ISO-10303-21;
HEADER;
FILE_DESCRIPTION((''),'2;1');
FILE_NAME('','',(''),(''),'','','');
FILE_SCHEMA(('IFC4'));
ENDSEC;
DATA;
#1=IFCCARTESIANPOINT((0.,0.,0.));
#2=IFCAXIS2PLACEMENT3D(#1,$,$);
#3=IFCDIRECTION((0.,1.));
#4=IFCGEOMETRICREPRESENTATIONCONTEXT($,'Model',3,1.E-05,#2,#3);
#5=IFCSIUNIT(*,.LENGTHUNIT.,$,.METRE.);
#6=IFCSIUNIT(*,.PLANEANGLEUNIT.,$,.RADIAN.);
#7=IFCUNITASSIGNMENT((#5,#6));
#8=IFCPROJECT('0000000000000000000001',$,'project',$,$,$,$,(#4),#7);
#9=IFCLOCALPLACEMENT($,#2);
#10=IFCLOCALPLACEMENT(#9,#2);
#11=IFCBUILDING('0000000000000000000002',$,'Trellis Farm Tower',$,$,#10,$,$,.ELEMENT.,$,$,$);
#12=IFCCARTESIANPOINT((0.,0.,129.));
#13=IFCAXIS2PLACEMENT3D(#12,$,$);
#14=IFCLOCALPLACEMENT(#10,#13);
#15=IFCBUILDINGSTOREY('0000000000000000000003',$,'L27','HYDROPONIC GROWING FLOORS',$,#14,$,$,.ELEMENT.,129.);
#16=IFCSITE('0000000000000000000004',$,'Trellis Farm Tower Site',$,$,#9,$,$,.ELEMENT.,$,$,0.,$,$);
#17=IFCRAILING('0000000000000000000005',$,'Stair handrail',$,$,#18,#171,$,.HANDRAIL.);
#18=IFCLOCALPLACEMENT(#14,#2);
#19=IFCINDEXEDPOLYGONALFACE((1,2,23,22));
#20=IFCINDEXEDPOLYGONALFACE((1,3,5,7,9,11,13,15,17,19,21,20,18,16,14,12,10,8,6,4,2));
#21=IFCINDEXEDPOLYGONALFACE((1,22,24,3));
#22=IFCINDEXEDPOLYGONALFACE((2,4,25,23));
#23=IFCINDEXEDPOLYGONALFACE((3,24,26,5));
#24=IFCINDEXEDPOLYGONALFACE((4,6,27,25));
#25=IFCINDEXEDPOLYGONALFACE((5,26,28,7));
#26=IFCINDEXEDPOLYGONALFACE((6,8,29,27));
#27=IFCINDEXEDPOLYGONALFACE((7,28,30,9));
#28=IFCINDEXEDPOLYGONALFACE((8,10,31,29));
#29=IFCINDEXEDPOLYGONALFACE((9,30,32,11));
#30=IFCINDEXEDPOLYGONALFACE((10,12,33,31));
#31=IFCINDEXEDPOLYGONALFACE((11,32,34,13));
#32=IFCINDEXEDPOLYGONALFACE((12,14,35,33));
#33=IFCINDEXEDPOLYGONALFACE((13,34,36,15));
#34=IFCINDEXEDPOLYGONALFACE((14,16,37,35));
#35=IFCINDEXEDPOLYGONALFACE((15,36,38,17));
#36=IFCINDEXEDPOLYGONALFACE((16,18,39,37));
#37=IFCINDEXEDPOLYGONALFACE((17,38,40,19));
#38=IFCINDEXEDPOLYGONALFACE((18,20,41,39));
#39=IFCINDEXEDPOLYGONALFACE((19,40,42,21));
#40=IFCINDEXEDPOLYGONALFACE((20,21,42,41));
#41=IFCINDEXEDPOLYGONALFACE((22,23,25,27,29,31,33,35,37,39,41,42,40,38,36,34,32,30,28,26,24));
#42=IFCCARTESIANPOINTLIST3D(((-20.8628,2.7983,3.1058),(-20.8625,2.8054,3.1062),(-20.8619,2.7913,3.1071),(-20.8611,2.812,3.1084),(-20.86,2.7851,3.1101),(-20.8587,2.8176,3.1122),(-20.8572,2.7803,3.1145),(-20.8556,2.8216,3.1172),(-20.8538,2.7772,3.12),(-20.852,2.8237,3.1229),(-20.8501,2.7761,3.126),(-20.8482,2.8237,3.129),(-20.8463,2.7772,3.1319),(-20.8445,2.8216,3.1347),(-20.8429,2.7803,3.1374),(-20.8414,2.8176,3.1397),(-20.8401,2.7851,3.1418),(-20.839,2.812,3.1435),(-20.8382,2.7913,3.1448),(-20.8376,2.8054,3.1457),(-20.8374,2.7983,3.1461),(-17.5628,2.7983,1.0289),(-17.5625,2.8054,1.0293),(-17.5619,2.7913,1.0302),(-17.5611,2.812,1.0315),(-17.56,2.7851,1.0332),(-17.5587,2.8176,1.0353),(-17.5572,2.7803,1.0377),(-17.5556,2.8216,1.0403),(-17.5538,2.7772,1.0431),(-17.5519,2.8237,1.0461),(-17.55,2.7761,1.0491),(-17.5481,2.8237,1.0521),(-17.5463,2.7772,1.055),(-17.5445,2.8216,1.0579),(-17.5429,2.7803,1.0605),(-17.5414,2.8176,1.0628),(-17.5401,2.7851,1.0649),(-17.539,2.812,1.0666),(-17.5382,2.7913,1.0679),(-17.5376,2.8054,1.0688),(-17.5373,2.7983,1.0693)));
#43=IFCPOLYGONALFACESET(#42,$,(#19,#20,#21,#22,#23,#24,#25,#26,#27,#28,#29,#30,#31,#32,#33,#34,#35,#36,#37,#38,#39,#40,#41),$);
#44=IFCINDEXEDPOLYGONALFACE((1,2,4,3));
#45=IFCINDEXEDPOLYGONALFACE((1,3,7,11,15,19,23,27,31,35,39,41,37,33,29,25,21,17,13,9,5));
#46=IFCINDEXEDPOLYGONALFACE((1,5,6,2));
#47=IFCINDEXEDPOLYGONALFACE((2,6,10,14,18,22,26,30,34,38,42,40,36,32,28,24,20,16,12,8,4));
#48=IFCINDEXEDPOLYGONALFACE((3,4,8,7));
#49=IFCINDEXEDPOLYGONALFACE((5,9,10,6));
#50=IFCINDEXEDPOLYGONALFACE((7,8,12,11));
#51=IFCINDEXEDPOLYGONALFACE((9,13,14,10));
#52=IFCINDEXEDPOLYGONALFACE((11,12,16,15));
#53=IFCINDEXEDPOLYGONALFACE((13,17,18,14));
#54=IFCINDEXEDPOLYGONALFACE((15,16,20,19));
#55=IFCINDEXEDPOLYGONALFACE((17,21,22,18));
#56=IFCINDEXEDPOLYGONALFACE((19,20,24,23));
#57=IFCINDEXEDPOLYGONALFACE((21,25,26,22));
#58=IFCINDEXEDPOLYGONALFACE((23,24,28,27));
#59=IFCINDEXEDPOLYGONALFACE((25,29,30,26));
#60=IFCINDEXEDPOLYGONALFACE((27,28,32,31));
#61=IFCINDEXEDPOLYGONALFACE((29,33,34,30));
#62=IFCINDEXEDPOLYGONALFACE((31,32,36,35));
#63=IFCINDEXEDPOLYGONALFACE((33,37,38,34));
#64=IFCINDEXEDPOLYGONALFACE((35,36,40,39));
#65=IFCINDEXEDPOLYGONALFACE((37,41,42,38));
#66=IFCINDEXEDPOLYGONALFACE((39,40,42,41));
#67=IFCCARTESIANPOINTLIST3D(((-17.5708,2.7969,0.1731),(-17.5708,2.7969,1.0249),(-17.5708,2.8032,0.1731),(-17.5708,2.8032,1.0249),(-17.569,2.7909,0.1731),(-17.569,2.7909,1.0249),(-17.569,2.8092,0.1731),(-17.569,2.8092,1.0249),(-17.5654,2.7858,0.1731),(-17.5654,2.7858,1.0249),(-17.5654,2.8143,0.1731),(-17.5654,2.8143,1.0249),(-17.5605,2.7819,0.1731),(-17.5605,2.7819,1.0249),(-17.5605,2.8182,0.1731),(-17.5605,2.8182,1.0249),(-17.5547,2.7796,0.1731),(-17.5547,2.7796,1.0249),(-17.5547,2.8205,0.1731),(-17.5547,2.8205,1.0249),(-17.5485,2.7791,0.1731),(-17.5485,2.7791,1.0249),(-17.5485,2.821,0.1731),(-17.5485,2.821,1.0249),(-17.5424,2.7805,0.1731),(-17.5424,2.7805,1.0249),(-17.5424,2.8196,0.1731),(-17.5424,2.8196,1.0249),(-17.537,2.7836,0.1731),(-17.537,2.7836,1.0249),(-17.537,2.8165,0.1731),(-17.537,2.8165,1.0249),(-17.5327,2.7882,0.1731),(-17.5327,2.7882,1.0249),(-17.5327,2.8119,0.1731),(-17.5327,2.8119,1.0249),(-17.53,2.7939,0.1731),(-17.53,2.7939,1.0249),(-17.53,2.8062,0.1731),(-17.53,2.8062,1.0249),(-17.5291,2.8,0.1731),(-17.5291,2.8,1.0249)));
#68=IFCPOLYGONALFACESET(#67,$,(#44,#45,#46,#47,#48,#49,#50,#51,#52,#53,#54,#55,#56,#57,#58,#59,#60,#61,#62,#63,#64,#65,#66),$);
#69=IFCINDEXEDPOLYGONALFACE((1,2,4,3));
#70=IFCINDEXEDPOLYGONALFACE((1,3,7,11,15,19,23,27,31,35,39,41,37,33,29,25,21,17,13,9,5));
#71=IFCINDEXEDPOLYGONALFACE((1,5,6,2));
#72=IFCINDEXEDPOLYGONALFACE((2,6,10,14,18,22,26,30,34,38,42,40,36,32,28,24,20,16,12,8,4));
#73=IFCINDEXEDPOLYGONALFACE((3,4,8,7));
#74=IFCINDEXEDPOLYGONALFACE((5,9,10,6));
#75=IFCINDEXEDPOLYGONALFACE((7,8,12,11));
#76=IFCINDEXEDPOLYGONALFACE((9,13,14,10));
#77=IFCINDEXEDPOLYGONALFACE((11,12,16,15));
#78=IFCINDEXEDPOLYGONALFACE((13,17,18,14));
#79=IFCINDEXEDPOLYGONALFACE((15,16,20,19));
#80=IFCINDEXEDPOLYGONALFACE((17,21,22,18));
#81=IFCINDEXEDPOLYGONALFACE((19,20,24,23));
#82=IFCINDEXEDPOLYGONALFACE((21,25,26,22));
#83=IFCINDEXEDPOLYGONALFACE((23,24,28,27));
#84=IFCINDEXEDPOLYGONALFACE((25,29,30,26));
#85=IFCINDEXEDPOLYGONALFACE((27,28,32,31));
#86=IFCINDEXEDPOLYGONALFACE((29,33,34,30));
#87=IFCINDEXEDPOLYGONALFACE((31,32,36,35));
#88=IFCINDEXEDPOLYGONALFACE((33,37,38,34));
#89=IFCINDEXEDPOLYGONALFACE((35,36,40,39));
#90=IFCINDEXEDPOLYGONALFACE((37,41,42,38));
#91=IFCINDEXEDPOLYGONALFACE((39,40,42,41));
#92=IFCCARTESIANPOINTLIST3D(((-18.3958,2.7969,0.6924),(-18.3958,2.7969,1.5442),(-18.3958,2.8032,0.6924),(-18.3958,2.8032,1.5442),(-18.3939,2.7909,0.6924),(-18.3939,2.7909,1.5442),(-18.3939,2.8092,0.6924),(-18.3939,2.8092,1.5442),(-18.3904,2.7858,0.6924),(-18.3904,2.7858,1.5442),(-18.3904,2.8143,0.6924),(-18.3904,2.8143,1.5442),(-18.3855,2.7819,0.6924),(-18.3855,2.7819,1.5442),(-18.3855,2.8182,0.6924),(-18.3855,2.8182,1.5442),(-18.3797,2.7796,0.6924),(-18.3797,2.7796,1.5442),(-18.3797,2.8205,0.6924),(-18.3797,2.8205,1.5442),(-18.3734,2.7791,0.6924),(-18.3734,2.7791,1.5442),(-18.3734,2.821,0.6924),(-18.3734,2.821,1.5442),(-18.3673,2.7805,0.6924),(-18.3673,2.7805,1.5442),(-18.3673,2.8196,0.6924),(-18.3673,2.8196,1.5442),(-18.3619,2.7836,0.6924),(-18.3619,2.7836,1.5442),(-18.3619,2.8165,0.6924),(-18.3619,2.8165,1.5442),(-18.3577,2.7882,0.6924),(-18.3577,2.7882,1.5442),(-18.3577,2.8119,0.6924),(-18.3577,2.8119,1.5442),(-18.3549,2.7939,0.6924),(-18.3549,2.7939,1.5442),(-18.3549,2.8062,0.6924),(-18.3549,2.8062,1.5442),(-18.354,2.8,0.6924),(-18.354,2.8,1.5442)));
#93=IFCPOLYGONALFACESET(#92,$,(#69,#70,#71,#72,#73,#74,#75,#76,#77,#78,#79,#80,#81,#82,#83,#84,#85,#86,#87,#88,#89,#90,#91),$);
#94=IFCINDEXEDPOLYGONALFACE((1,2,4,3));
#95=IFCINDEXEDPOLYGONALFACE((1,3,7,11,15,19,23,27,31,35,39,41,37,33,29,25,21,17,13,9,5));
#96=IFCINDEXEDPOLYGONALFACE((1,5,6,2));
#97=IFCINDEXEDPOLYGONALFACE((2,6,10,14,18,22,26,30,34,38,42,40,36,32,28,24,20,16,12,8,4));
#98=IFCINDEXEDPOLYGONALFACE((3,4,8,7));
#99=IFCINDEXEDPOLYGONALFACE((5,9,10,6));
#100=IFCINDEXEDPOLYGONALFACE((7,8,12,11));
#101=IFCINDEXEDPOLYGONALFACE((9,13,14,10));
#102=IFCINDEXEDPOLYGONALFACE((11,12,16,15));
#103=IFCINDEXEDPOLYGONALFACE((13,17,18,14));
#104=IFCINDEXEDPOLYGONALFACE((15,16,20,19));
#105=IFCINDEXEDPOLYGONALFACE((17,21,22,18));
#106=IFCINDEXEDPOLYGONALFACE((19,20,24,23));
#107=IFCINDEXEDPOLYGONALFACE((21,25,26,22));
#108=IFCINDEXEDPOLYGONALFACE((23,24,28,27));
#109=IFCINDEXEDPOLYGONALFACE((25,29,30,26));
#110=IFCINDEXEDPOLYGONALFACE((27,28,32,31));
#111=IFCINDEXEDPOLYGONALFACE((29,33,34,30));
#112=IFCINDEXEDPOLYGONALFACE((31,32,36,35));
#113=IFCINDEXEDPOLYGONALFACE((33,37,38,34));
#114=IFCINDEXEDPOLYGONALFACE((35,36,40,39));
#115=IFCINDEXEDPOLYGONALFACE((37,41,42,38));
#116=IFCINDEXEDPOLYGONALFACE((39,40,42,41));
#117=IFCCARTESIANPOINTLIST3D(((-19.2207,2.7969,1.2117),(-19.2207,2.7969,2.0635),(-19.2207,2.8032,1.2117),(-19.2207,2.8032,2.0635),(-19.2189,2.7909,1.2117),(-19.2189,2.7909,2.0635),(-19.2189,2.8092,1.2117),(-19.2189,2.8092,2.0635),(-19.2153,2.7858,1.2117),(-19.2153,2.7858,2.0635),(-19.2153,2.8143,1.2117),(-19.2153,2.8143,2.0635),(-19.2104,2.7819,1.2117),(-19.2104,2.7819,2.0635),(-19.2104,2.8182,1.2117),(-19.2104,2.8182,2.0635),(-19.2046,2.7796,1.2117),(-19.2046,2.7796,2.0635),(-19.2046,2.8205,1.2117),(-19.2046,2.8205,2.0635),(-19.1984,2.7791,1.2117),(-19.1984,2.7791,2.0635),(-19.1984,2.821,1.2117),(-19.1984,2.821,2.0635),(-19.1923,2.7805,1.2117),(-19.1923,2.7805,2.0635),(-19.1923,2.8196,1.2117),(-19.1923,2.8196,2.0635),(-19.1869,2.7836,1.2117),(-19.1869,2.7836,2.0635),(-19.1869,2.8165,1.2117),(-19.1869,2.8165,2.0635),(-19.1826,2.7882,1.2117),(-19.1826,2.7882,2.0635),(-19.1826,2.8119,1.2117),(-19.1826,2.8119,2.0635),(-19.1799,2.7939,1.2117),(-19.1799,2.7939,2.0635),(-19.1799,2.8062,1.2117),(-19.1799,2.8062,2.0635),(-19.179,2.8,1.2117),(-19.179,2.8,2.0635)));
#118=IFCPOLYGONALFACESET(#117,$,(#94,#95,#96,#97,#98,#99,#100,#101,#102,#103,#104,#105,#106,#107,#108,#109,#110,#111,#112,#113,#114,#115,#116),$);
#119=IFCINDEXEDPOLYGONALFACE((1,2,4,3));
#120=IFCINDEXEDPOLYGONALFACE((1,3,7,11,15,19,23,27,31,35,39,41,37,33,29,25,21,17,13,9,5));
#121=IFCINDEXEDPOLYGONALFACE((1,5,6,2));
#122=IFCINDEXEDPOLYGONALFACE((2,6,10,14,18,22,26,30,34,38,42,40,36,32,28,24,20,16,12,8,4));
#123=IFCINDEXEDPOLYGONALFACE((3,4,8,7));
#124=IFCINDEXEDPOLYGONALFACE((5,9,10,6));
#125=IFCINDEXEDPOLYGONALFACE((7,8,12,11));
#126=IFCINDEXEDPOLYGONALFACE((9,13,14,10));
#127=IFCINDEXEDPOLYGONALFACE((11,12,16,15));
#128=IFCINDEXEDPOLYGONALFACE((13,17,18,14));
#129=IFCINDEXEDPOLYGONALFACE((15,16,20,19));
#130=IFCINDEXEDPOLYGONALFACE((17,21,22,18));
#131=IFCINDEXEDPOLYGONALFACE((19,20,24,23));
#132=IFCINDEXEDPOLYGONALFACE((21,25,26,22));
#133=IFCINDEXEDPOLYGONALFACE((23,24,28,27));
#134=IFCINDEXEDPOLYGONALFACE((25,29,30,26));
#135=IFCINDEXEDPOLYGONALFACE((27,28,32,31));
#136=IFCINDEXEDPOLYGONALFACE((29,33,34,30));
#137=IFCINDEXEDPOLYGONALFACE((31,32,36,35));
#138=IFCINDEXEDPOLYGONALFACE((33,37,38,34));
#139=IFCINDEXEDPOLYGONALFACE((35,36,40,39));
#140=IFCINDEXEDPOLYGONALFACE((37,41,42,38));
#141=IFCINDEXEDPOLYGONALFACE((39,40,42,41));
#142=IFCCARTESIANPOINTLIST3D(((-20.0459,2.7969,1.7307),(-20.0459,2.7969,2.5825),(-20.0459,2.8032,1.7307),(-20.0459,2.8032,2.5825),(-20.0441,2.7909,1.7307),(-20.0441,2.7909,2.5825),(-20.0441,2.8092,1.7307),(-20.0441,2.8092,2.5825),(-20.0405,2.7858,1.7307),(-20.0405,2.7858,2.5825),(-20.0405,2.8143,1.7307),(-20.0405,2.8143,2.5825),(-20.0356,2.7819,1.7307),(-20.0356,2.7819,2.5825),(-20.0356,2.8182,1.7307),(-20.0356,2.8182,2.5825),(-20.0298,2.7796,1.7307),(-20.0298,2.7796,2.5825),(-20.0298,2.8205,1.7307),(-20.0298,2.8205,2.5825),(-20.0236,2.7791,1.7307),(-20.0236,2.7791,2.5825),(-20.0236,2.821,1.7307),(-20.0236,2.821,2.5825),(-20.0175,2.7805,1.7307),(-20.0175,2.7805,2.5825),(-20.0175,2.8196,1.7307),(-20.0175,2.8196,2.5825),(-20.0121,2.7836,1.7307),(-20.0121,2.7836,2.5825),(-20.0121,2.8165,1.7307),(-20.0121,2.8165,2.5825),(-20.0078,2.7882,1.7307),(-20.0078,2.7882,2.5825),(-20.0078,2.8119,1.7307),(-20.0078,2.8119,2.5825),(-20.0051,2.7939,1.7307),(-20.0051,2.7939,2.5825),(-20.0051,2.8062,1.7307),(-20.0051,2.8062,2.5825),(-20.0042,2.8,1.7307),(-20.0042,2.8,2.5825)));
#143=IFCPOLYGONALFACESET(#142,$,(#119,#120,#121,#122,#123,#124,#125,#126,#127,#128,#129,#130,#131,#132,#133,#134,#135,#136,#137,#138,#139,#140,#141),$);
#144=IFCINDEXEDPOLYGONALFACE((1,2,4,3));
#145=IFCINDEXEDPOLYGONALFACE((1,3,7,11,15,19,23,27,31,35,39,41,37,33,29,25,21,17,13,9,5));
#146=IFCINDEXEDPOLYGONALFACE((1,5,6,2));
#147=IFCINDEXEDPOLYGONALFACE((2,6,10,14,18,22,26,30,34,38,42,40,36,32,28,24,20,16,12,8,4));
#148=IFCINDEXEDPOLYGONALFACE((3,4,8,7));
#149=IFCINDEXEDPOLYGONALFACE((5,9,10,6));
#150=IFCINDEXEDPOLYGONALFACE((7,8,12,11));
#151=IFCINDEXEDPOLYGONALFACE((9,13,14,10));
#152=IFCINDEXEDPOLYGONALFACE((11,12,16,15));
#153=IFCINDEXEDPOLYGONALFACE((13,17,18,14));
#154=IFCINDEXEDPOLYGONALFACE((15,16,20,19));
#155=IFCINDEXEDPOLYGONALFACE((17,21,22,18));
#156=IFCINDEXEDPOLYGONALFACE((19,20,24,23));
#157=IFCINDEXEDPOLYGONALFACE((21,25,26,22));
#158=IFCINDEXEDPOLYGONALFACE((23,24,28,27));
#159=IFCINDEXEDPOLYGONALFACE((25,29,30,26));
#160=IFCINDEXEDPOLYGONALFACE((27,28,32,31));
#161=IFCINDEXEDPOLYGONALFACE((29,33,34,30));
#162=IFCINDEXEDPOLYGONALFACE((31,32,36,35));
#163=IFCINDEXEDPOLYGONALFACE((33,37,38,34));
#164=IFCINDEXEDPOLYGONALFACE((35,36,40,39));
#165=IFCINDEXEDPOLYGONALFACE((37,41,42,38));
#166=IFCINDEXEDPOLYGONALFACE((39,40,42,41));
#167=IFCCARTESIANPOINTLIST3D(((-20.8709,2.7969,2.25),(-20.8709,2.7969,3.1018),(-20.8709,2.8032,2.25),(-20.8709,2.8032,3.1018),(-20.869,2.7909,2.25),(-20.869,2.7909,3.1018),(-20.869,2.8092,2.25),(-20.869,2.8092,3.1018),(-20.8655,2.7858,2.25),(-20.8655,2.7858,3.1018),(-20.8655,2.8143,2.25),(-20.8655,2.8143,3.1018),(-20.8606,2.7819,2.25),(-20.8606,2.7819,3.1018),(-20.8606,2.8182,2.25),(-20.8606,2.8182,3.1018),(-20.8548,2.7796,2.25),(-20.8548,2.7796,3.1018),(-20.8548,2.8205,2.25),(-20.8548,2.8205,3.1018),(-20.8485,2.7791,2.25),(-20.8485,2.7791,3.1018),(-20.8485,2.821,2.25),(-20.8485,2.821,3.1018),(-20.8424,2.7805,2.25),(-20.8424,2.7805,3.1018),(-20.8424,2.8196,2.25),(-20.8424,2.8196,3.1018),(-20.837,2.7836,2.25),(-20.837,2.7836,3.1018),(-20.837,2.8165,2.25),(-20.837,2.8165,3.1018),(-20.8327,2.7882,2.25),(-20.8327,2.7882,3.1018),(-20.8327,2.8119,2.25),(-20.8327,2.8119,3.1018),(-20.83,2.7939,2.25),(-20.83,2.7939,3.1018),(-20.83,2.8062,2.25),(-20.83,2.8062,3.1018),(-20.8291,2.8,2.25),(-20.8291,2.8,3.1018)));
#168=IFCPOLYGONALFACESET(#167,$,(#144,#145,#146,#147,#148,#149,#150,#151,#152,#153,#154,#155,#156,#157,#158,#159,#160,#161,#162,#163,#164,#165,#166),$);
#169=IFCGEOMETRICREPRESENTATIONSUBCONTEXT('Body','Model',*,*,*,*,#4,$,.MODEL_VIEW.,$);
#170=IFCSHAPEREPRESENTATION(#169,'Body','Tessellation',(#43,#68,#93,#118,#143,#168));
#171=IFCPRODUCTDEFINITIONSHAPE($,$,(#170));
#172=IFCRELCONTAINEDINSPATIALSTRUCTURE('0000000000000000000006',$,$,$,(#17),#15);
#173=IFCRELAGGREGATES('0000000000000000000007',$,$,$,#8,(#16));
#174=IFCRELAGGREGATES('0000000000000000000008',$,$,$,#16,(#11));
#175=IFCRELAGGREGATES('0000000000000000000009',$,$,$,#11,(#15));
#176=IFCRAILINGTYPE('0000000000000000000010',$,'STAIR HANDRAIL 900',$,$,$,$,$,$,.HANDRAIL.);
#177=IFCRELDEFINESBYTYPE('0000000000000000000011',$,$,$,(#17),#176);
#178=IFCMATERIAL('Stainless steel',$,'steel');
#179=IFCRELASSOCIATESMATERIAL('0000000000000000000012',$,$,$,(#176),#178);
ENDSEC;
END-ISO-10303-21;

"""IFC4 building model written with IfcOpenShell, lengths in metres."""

from ifc_helpers import new_model, si_unit, direction, frame, origin, origin_2d, place, context, subcontext, project, spatial, circle, extrude, source, transform, mapped, material, type_object, element, save


model = new_model("IFC4")

# Units and contexts
model_context = context("Model", 3, precision=1e-05, world=origin(), true_north=direction((0.0, 1.0)))
body_context = subcontext(model_context, "Body", "Model", "MODEL_VIEW")
ifc_project = project(units=[si_unit("LENGTHUNIT", "METRE"), si_unit("PLANEANGLEUNIT", "RADIAN")], contexts=[model_context])

# Site, building, storey
site_placement = place(None, origin())
site = spatial("IfcSite", under=ifc_project, at=site_placement, Name="Trellis Farm Tower Site", CompositionType="ELEMENT", RefElevation=0.0)
building_placement = place(site_placement, origin())
building = spatial("IfcBuilding", under=site, at=building_placement, Name="Trellis Farm Tower", CompositionType="ELEMENT")
storey_placement = place(building_placement, frame((0.0, 0.0, 129.0)))
storey = spatial("IfcBuildingStorey", under=building, at=storey_placement, Name="L27", Description="HYDROPONIC GROWING FLOORS", CompositionType="ELEMENT", Elevation=129.0)

# Railing
ifc_material_1 = material(Name="Stainless steel", Category="steel")
railing_type = type_object("IfcRailingType", Name="STAIR HANDRAIL 900", PredefinedType="HANDRAIL", material=ifc_material_1)
shared_shape_1 = source(origin(), body_context, "Body", "SweptSolid", [
    extrude(circle(Radius=0.0239, at=origin_2d()), frame((0.0, 0.0, 0.876), z_axis=(-0.846337, 0.0, 0.532647), x_axis=(0.0, -1.0, 0.0)), (0.0, 0.0, 1.0), 3.8992),
    extrude(circle(Radius=0.021, at=origin_2d()), origin(), (0.0, 0.0, 1.0), 0.8518),
    extrude(circle(Radius=0.021, at=origin_2d()), frame((-0.825, 0.0, 0.5193)), (0.0, 0.0, 1.0), 0.8518),
    extrude(circle(Radius=0.021, at=origin_2d()), frame((-1.6499, 0.0, 1.0386)), (0.0, 0.0, 1.0), 0.8518),
    extrude(circle(Radius=0.021, at=origin_2d()), frame((-2.4751, 0.0, 1.5576)), (0.0, 0.0, 1.0), 0.8518),
    extrude(circle(Radius=0.021, at=origin_2d()), frame((-3.3, 0.0, 2.0769)), (0.0, 0.0, 1.0), 0.8518),
])
for number, where, name in (
    (1, (-17.55, 2.8, 0.1731), "Stair handrail"),
):
    element("IfcRailing", number, at=place(storey_placement, frame(where)), inside=storey, type_object=railing_type, Name=name, PredefinedType="HANDRAIL", context=body_context, shape_type="MappedRepresentation", body=[
        mapped(shared_shape_1, transform((0.0, 0.0, 0.0))),
    ])

save(model, "model.ifc")
